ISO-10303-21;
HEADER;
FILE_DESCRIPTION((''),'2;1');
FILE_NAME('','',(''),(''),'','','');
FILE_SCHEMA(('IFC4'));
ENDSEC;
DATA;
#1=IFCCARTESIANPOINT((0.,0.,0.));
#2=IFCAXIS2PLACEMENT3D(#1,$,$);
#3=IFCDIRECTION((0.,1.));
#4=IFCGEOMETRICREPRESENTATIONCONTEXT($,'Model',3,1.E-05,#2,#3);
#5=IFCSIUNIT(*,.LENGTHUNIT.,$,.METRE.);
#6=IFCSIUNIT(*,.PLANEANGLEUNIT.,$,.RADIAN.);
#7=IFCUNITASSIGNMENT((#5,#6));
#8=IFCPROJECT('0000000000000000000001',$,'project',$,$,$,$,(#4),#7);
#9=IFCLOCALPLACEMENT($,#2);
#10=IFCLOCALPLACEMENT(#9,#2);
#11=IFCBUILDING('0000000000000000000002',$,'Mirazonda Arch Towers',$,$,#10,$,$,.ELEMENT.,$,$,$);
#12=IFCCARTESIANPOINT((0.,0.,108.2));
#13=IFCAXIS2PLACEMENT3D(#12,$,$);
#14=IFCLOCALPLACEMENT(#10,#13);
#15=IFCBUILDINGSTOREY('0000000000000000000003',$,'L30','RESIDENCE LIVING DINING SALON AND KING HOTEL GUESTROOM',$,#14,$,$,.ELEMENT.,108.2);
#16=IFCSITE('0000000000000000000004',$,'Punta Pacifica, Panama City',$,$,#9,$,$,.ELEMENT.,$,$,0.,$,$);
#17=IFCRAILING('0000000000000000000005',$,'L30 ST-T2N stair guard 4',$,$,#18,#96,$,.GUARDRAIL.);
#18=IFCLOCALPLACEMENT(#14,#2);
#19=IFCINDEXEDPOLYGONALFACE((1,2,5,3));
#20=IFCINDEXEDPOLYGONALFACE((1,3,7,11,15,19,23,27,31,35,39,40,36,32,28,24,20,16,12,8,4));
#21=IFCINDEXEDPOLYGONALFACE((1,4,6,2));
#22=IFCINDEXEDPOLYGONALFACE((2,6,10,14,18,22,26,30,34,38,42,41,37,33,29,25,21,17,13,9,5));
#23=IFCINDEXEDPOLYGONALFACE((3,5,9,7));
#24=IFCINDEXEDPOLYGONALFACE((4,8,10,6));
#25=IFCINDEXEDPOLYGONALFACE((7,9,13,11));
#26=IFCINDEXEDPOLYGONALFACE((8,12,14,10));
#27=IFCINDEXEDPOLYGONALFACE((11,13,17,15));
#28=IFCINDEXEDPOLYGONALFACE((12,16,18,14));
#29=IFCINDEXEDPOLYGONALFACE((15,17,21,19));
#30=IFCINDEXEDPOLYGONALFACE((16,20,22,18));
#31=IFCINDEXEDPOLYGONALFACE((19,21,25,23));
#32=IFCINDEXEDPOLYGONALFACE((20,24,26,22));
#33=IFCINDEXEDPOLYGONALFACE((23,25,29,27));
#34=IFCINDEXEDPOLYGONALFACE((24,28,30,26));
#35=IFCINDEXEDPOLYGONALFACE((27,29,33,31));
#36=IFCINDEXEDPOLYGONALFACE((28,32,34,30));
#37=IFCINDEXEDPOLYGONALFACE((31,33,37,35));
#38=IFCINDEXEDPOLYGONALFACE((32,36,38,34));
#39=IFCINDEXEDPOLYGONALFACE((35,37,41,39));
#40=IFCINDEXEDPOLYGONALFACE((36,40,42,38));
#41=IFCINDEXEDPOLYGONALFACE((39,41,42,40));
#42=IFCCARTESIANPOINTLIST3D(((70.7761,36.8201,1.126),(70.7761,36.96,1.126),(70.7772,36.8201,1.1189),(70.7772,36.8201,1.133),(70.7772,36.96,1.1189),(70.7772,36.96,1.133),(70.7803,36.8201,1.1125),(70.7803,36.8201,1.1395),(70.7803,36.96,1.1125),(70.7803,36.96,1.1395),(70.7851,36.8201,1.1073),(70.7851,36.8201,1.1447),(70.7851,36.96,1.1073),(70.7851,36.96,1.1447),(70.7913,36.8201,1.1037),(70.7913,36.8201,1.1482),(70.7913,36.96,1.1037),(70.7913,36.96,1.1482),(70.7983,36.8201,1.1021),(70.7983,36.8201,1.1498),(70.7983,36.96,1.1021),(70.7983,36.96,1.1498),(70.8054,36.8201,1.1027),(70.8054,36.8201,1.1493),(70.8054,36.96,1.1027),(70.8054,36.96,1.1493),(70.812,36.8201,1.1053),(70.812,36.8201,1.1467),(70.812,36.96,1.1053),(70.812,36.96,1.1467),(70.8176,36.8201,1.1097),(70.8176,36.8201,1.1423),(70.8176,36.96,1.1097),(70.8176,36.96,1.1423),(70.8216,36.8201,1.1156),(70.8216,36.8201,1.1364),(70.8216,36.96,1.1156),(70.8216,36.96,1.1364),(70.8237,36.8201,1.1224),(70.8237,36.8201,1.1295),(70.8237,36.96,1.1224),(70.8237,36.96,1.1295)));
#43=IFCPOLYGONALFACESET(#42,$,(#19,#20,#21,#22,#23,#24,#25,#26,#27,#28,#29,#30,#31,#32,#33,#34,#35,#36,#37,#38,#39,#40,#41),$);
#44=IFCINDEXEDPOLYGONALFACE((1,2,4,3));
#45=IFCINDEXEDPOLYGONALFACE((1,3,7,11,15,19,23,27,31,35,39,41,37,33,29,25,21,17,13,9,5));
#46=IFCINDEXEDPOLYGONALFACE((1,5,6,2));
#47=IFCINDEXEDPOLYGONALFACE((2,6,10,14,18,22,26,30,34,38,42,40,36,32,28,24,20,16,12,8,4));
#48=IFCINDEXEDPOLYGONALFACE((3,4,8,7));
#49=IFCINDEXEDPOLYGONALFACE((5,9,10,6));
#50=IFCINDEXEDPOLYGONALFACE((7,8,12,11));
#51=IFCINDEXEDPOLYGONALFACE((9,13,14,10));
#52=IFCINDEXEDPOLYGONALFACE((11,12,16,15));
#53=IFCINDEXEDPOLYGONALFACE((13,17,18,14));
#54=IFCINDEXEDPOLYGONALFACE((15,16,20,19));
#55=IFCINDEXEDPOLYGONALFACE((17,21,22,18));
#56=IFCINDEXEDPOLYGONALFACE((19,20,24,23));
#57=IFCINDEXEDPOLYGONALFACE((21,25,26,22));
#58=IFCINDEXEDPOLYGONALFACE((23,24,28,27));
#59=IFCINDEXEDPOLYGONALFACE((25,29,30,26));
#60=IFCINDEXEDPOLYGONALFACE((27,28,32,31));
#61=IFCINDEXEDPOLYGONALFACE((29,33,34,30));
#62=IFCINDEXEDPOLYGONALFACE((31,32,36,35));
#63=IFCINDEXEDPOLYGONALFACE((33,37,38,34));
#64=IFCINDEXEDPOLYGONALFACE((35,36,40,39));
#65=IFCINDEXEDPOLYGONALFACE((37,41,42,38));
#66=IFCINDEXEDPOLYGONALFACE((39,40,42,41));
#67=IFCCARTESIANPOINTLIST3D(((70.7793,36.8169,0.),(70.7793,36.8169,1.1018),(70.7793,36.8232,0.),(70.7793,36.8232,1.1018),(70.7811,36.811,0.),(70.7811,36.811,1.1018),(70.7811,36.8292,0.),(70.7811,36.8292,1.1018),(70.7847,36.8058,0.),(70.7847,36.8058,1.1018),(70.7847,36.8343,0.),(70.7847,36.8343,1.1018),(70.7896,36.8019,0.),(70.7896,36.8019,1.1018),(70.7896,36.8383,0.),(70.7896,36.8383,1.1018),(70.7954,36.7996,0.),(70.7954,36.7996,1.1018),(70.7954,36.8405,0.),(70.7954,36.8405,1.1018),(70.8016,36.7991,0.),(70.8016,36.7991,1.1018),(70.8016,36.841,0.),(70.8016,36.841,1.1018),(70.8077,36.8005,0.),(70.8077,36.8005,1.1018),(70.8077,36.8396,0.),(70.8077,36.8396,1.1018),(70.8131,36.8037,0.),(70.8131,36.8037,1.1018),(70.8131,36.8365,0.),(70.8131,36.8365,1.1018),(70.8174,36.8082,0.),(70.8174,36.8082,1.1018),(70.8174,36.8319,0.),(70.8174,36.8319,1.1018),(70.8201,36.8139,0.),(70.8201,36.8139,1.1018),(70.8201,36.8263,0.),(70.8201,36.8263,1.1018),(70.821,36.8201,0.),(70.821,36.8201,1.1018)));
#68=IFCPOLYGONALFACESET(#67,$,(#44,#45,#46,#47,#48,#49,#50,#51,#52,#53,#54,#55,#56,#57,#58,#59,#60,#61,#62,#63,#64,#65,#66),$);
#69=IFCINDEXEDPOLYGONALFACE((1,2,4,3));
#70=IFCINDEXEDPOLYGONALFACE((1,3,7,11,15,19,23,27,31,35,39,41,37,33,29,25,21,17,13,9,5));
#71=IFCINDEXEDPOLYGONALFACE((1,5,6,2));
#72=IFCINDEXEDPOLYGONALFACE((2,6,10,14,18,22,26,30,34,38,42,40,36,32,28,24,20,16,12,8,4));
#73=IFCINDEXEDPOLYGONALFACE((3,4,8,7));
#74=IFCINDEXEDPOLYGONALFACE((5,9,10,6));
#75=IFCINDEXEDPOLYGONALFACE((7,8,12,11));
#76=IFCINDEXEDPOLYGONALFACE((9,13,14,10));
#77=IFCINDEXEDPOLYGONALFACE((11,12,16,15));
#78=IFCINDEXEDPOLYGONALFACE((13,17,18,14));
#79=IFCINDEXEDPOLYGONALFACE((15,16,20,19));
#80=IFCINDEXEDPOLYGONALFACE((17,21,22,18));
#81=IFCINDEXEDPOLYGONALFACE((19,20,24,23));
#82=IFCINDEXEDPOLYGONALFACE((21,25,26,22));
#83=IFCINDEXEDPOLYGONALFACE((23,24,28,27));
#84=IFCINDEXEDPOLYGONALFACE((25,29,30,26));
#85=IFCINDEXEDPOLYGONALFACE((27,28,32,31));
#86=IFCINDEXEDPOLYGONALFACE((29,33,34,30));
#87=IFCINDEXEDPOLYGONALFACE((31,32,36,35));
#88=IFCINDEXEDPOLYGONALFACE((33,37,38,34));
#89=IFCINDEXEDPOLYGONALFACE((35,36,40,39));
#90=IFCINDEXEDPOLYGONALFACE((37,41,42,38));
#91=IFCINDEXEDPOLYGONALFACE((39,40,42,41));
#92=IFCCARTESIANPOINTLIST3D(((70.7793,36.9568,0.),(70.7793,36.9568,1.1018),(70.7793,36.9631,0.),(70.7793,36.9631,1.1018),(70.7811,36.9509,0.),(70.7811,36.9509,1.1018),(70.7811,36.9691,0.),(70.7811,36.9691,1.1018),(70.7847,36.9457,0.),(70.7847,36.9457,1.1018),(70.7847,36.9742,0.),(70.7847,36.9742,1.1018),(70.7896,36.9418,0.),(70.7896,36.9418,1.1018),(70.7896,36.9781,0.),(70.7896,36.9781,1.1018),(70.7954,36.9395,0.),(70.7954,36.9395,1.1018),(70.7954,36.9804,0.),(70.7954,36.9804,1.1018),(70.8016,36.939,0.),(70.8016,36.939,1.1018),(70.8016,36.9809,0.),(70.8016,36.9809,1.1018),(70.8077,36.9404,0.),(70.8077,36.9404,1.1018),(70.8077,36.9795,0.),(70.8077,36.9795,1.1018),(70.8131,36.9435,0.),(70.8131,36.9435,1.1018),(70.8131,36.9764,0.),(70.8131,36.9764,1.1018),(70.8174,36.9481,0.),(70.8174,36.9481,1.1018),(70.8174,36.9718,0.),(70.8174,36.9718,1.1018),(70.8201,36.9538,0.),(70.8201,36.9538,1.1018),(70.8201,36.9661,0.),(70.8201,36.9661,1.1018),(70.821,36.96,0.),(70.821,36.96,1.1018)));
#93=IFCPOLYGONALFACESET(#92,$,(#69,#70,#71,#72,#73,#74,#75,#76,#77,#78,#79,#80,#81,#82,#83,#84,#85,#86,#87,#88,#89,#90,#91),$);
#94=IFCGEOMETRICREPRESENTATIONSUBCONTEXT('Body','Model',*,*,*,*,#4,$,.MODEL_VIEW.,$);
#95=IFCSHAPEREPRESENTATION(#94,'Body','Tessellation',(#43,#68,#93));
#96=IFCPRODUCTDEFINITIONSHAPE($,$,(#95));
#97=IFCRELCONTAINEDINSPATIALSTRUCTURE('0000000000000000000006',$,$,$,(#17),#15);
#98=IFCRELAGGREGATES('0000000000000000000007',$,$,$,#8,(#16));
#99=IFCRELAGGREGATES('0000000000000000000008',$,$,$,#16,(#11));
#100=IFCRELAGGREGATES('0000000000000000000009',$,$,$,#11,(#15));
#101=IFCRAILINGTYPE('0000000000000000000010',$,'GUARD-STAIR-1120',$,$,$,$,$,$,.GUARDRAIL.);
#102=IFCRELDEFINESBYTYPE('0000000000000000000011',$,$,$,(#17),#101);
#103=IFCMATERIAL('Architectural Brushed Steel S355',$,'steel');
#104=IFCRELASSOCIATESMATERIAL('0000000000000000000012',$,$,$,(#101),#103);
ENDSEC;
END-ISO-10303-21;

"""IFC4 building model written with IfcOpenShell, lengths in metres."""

from ifc_helpers import new_model, si_unit, direction, frame, origin, origin_2d, place, context, subcontext, project, spatial, circle, extrude, material, type_object, element, save


model = new_model("IFC4")

# Units and contexts
model_context = context("Model", 3, precision=1e-05, world=origin(), true_north=direction((0.0, 1.0)))
body_context = subcontext(model_context, "Body", "Model", "MODEL_VIEW")
ifc_project = project(units=[si_unit("LENGTHUNIT", "METRE"), si_unit("PLANEANGLEUNIT", "RADIAN")], contexts=[model_context])

# Site, building, storey
site_placement = place(None, origin())
site = spatial("IfcSite", under=ifc_project, at=site_placement, Name="Punta Pacifica, Panama City", CompositionType="ELEMENT", RefElevation=0.0)
building_placement = place(site_placement, origin())
building = spatial("IfcBuilding", under=site, at=building_placement, Name="Mirazonda Arch Towers", CompositionType="ELEMENT")
storey_placement = place(building_placement, frame((0.0, 0.0, 108.2)))
storey = spatial("IfcBuildingStorey", under=building, at=storey_placement, Name="L30", Description="RESIDENCE LIVING DINING SALON AND KING HOTEL GUESTROOM", CompositionType="ELEMENT", Elevation=108.2)

# Railing
ifc_material_1 = material(Name="Architectural Brushed Steel S355", Category="steel")
railing_type = type_object("IfcRailingType", Name="GUARD-STAIR-1120", PredefinedType="GUARDRAIL", material=ifc_material_1)
railing_1_placement = place(storey_placement, frame((70.8, 36.8201, 0.0)))
element("IfcRailing", 1, at=railing_1_placement, inside=storey, type_object=railing_type, Name="L30 ST-T2N stair guard 4", PredefinedType="GUARDRAIL", context=body_context, shape_type="SweptSolid", body=[
    extrude(circle(Radius=0.0239, at=origin_2d()), frame((0.0, 0.0, 1.126), z_axis=(0.0, 1.0, 0.0), x_axis=(-1.0, 0.0, 0.0)), (0.0, 0.0, 1.0), 0.1399),
    extrude(circle(Radius=0.021, at=origin_2d()), origin(), (0.0, 0.0, 1.0), 1.1018),
    extrude(circle(Radius=0.021, at=origin_2d()), frame((0.0, 0.1399, 0.0)), (0.0, 0.0, 1.0), 1.1018),
])

save(model, "model.ifc")
